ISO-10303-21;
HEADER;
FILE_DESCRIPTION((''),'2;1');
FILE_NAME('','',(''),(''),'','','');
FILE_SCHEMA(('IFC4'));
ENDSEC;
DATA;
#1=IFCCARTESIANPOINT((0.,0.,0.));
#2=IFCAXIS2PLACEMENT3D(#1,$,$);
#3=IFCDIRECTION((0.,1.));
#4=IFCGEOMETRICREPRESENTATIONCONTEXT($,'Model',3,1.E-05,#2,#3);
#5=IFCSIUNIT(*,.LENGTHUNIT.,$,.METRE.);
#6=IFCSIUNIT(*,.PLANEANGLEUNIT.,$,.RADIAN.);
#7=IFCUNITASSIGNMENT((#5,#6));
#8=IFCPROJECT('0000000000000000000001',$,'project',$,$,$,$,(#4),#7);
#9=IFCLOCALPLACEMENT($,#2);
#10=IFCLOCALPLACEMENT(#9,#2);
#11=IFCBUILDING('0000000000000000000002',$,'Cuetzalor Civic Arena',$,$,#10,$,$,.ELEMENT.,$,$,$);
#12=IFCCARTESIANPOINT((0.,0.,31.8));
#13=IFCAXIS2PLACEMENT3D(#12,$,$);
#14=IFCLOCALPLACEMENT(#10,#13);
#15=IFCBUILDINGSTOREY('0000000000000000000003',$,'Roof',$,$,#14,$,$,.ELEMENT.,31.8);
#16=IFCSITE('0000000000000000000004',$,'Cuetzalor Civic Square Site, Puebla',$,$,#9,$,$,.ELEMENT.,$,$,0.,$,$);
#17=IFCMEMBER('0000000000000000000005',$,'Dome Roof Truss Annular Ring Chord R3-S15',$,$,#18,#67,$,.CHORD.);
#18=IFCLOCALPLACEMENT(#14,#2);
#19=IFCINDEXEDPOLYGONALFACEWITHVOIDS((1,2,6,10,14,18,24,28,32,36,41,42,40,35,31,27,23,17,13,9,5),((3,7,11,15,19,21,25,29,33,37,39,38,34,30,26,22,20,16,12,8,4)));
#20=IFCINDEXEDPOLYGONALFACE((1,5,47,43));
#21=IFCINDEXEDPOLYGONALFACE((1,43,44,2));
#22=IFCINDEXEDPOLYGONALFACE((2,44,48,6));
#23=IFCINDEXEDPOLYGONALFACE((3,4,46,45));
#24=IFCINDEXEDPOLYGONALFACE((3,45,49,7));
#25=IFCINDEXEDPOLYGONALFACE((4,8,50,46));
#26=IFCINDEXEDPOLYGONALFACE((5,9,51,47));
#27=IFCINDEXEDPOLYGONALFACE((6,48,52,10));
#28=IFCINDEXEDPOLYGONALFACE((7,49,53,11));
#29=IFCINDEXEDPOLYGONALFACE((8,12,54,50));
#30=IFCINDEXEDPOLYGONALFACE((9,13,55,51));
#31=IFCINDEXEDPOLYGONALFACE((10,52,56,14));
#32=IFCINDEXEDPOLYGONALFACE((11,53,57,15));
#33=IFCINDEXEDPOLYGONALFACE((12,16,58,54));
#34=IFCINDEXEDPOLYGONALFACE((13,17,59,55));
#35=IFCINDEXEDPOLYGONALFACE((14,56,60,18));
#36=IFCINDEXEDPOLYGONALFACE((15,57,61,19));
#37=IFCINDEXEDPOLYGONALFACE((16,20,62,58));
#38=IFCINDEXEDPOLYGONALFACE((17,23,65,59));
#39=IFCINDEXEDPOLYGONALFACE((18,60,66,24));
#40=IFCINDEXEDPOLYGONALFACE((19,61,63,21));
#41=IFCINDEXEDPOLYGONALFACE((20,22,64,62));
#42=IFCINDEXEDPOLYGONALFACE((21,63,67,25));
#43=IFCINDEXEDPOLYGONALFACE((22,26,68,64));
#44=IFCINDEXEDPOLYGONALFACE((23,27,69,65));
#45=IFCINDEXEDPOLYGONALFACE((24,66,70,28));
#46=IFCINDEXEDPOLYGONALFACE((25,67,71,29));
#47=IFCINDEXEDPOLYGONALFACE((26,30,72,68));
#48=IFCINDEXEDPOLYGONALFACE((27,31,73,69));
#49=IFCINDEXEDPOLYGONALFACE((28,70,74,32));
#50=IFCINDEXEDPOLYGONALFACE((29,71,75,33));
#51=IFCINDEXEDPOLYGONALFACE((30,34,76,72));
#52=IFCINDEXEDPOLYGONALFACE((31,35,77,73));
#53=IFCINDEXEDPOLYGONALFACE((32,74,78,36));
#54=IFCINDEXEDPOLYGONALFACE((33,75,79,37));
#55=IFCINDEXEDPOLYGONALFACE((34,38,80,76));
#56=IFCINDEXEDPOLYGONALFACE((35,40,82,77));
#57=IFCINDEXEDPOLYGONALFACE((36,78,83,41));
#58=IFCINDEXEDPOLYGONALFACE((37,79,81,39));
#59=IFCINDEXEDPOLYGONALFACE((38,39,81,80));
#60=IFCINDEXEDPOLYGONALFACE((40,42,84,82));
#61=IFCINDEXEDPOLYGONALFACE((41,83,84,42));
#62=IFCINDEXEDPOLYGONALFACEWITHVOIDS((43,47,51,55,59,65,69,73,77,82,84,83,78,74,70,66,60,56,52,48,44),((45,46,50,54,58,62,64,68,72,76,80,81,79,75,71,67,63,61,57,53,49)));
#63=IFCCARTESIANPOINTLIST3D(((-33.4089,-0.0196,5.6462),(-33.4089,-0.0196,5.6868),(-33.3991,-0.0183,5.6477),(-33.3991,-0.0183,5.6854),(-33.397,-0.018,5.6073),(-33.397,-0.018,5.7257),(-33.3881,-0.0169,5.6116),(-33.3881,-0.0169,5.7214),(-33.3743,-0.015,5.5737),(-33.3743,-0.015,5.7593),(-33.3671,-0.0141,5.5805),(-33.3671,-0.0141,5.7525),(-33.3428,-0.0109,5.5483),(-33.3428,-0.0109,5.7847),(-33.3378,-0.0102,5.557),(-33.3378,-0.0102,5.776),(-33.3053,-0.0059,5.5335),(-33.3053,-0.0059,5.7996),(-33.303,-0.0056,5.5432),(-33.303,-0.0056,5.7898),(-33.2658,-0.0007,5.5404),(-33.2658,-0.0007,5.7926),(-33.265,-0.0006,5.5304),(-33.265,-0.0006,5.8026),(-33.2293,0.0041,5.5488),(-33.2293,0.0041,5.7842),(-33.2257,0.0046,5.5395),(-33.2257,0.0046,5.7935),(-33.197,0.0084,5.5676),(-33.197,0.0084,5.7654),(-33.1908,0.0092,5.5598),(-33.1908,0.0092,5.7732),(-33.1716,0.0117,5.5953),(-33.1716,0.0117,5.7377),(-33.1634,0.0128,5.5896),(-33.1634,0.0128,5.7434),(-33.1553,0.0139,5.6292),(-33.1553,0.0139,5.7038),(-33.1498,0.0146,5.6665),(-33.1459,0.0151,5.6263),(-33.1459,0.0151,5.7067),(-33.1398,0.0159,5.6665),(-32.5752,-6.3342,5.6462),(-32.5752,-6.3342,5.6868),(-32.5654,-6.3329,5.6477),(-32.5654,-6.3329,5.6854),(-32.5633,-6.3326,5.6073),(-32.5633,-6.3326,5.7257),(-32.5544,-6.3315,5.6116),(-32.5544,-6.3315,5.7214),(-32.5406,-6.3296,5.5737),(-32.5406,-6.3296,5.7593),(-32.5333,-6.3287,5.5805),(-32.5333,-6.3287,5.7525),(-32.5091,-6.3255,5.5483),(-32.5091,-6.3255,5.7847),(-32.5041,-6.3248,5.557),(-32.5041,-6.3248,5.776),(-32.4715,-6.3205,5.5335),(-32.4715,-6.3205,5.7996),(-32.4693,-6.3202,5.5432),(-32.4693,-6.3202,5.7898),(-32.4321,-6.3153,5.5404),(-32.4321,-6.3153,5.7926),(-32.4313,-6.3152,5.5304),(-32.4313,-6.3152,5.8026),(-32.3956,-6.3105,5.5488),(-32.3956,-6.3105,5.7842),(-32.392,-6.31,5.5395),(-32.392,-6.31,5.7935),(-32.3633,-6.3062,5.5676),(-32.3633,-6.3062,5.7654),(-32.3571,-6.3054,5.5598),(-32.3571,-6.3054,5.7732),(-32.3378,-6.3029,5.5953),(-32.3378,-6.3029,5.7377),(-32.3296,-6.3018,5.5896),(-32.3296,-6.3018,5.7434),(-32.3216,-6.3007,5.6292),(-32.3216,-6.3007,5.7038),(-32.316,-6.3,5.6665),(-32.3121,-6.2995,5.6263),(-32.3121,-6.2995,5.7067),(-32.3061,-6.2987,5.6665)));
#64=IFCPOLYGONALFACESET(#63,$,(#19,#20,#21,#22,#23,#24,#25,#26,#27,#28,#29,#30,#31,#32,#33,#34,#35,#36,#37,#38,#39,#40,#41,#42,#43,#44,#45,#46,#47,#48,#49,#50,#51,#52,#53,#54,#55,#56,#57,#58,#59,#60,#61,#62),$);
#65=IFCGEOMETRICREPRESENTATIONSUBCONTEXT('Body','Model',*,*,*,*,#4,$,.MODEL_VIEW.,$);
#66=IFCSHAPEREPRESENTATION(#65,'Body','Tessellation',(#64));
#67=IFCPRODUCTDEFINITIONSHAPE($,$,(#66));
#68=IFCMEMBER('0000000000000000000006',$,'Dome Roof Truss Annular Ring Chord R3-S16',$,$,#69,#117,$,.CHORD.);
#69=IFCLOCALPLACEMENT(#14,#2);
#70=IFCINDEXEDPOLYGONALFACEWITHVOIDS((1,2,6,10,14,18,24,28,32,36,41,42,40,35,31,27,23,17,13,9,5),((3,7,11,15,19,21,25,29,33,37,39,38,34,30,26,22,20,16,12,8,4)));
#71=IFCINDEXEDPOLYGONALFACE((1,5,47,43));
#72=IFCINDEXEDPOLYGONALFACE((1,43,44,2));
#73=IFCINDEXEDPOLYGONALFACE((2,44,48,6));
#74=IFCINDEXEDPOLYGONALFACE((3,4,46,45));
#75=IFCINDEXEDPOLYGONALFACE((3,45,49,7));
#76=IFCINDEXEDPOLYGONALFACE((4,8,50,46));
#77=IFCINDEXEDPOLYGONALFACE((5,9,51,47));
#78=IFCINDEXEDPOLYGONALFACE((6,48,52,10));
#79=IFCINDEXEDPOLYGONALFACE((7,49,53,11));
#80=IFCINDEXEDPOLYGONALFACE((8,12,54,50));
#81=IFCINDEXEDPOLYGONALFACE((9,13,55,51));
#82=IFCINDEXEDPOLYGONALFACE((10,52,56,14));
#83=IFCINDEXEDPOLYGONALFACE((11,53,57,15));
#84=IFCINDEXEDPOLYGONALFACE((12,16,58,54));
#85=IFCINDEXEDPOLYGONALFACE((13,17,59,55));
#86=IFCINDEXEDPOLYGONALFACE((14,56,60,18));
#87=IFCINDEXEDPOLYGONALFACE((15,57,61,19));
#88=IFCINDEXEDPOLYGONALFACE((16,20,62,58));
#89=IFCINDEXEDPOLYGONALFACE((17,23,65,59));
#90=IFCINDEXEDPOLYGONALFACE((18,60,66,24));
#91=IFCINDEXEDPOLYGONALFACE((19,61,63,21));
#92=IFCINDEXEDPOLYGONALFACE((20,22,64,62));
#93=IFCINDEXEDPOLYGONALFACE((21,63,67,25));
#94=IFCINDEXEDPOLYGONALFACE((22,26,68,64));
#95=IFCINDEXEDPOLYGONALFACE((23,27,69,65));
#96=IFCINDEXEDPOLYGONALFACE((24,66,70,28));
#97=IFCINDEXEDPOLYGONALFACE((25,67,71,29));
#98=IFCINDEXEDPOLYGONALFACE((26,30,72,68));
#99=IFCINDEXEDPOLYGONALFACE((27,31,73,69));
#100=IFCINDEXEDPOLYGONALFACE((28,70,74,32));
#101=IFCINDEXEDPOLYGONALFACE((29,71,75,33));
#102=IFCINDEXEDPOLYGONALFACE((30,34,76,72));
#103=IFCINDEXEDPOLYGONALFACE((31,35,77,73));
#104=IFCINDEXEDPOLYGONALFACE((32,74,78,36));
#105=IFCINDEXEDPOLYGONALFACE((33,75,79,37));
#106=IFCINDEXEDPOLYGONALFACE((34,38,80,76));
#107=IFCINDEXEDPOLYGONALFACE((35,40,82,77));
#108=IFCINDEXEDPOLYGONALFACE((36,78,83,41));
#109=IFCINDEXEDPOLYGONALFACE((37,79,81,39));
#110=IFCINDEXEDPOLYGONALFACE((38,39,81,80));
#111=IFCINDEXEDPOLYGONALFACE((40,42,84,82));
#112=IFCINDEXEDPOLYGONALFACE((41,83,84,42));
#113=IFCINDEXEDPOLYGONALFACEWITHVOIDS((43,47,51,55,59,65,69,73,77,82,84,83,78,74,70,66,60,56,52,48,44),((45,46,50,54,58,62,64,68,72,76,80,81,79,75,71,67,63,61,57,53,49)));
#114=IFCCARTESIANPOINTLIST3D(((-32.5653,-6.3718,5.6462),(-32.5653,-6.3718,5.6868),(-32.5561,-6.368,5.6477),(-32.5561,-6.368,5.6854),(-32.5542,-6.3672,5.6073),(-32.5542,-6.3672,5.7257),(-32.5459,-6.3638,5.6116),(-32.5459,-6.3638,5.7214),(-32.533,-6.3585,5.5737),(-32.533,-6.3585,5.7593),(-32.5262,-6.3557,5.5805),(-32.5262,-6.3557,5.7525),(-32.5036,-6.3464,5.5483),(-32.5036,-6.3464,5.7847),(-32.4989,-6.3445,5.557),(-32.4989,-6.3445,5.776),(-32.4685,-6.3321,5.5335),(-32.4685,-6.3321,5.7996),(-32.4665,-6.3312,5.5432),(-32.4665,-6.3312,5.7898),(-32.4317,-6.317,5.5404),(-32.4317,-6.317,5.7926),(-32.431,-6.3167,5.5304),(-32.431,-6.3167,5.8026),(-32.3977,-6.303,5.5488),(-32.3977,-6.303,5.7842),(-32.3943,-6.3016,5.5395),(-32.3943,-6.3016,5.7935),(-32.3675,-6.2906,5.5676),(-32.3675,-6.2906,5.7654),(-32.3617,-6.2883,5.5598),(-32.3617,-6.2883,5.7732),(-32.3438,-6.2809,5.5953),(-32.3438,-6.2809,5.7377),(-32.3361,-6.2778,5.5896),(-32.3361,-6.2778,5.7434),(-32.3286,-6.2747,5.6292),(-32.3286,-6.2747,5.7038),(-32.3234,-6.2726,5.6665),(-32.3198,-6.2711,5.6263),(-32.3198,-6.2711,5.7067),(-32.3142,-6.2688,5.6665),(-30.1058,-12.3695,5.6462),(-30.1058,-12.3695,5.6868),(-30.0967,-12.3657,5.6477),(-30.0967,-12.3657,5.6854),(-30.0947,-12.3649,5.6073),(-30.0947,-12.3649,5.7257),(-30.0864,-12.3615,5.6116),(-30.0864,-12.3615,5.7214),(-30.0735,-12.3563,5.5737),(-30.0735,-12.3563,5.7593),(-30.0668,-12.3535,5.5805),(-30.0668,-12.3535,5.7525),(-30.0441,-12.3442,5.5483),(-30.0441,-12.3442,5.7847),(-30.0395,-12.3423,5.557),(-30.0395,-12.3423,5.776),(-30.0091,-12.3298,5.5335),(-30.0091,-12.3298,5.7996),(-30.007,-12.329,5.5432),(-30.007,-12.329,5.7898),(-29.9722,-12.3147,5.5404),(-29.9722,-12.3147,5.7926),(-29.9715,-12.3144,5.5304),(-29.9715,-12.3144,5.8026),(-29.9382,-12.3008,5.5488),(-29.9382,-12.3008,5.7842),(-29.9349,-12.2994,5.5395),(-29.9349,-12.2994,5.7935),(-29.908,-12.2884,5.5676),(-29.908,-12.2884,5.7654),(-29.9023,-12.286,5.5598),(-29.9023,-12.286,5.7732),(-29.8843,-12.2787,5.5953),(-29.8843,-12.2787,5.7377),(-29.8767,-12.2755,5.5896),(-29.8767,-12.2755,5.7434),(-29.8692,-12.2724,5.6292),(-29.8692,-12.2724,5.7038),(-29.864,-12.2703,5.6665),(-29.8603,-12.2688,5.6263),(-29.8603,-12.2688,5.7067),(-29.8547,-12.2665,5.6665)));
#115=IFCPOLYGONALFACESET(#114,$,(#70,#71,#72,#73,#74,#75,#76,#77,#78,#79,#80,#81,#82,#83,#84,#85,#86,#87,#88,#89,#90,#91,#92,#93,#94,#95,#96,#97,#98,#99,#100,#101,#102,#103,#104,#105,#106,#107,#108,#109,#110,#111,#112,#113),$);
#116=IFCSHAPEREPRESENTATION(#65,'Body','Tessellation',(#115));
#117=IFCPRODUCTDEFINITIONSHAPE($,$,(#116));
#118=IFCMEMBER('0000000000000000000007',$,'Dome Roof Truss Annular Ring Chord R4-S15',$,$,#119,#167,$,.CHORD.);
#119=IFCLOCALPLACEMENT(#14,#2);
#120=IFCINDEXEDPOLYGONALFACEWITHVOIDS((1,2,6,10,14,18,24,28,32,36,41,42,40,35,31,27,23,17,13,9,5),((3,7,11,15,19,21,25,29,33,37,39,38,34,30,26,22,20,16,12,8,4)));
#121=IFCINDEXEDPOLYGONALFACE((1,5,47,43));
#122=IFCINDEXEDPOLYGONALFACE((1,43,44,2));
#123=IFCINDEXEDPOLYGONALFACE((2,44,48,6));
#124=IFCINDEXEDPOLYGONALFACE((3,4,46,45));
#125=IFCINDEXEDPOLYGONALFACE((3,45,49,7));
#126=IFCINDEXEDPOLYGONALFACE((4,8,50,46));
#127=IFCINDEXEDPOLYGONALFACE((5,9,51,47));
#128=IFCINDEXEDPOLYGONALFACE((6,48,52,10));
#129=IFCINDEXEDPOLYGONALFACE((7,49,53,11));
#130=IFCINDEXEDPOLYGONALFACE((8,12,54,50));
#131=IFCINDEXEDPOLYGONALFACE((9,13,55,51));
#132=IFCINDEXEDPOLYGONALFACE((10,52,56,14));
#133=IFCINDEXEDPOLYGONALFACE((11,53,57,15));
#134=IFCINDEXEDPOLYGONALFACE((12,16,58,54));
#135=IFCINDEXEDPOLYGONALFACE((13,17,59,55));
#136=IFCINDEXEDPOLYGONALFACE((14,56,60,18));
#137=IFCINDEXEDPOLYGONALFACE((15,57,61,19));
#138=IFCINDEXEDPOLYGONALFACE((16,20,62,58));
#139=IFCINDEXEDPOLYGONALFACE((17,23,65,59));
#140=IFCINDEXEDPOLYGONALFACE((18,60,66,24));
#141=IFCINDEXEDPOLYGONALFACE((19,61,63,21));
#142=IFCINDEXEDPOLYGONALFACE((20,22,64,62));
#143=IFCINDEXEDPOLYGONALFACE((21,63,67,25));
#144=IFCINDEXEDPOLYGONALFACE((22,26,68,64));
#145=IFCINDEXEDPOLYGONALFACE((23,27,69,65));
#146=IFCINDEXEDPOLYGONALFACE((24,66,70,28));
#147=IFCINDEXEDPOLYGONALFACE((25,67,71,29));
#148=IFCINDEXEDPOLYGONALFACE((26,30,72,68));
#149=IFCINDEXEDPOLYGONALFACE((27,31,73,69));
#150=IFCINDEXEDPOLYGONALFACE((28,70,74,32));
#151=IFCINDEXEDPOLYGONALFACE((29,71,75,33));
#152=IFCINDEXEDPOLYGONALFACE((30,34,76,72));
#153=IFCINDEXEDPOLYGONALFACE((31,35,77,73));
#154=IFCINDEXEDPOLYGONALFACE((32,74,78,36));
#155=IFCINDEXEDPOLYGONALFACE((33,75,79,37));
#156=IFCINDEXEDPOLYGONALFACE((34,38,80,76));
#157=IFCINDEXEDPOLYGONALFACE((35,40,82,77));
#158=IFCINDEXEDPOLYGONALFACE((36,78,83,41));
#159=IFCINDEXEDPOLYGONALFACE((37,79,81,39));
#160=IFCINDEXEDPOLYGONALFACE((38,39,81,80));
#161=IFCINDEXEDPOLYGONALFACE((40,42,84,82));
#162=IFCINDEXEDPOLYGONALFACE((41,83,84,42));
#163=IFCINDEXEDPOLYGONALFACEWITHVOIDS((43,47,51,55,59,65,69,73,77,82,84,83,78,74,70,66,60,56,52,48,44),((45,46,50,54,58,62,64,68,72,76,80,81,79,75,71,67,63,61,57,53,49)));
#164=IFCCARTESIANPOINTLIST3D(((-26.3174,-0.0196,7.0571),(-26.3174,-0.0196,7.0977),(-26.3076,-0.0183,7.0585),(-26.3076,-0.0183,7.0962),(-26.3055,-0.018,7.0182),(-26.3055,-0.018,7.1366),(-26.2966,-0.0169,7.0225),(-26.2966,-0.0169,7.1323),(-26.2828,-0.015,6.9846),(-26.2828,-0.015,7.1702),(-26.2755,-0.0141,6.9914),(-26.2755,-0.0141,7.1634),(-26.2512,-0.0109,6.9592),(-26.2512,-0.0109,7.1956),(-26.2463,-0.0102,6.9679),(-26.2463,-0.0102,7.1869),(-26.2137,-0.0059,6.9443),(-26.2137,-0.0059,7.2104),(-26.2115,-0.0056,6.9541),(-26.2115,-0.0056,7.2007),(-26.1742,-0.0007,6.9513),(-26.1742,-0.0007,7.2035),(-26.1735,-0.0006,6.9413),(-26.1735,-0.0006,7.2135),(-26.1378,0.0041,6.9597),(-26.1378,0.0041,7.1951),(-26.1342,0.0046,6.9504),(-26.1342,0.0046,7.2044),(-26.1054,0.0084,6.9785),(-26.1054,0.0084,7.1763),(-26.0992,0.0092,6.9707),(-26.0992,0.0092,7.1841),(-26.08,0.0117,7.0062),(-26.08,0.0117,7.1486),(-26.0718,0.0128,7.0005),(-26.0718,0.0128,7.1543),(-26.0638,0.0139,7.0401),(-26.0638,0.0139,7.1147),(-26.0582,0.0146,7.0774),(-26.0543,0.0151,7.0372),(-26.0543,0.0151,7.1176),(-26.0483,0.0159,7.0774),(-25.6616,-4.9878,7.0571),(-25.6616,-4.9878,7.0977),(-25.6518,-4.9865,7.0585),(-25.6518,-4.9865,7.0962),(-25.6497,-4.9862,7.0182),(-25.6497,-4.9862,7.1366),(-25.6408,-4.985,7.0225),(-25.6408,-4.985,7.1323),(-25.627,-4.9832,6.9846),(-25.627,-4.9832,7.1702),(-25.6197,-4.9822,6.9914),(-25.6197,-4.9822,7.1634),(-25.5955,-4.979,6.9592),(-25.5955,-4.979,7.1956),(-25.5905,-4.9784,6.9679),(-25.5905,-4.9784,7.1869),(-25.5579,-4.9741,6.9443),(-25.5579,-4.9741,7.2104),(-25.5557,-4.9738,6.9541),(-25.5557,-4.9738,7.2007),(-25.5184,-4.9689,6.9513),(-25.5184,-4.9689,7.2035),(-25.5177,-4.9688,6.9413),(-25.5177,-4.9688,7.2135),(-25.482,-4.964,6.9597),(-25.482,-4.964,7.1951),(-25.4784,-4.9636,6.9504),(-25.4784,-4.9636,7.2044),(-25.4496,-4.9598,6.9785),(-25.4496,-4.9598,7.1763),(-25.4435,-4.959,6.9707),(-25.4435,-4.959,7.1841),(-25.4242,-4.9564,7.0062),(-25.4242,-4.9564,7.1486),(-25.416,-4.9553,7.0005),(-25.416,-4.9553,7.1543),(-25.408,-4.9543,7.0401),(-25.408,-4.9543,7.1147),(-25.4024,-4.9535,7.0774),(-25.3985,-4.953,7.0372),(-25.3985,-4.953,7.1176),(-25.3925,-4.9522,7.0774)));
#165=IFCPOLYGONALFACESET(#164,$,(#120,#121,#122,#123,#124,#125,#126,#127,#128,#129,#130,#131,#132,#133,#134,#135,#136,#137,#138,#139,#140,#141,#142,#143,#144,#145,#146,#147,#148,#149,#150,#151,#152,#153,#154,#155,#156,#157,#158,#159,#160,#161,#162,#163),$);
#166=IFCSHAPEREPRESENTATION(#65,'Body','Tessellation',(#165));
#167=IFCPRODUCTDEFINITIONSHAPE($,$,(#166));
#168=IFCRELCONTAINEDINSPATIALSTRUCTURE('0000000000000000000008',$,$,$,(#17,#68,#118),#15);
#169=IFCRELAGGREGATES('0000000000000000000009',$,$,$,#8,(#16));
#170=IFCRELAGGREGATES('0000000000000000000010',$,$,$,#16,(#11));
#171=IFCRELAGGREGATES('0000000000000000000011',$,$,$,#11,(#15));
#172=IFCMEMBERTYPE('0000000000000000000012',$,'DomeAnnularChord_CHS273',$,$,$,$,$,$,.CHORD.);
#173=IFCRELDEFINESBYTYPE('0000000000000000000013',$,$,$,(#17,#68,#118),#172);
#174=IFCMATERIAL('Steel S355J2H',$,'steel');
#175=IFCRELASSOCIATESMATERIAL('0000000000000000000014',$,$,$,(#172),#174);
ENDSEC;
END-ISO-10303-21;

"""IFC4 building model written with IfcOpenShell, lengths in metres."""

from ifc_helpers import new_model, si_unit, direction, frame, origin, origin_2d, place, context, subcontext, project, spatial, hollow_circle, extrude, material, material_profile, profile_set, type_object, element, save


model = new_model("IFC4")

# Units and contexts
model_context = context("Model", 3, precision=1e-05, world=origin(), true_north=direction((0.0, 1.0)))
body_context = subcontext(model_context, "Body", "Model", "MODEL_VIEW")
ifc_project = project(units=[si_unit("LENGTHUNIT", "METRE"), si_unit("PLANEANGLEUNIT", "RADIAN")], contexts=[model_context])

# Site, building, storey
site_placement = place(None, origin())
site = spatial("IfcSite", under=ifc_project, at=site_placement, Name="Cuetzalor Civic Square Site, Puebla", CompositionType="ELEMENT", RefElevation=0.0)
building_placement = place(site_placement, origin())
building = spatial("IfcBuilding", under=site, at=building_placement, Name="Cuetzalor Civic Arena", CompositionType="ELEMENT")
storey_placement = place(building_placement, frame((0.0, 0.0, 31.8)))
storey = spatial("IfcBuildingStorey", under=building, at=storey_placement, Name="Roof", CompositionType="ELEMENT", Elevation=31.8)

# Members
ifc_material_1 = material(Name="Steel S355J2H", Category="steel")
ifc_material_profile_1 = material_profile(ifc_material_1, hollow_circle(Radius=0.1365, WallThickness=0.01, at=origin_2d()), Name="CHS 273x10")
ifc_profile_set_1 = profile_set([ifc_material_profile_1], Name="Steel S355J2H")
member_type_1 = type_object("IfcMemberType", Name="DomeAnnularChord_CHS273", PredefinedType="CHORD", material=ifc_profile_set_1)
member_1_placement = place(storey_placement, frame((-33.2751, -0.002, 5.6665), z_axis=(0.130896, -0.991396, 0.0), x_axis=(0.991396, 0.130896, 0.0)))
element("IfcMember", 1, at=member_1_placement, inside=storey, type_object=member_type_1, Name="Dome Roof Truss Annular Ring Chord R3-S15", PredefinedType="CHORD", context=body_context, shape_type="SweptSolid", body=[
    extrude(hollow_circle(Radius=0.1365, WallThickness=0.01, at=origin_2d()), origin(), (0.0, 0.0, 1.0), 6.3694),
])
member_2_placement = place(storey_placement, frame((-32.4404, -6.3206, 5.6665), z_axis=(0.379403, -0.925232, 0.0), x_axis=(0.925232, 0.379403, 0.0)))
element("IfcMember", 2, at=member_2_placement, inside=storey, type_object=member_type_1, Name="Dome Roof Truss Annular Ring Chord R3-S16", PredefinedType="CHORD", context=body_context, shape_type="SweptSolid", body=[
    extrude(hollow_circle(Radius=0.1365, WallThickness=0.01, at=origin_2d()), origin(), (0.0, 0.0, 1.0), 6.4824),
])
member_3_placement = place(storey_placement, frame((-26.1836, -0.002, 7.0774), z_axis=(0.130862, -0.991401, 0.0), x_axis=(0.991401, 0.130862, 0.0)))
element("IfcMember", 3, at=member_3_placement, inside=storey, type_object=member_type_1, Name="Dome Roof Truss Annular Ring Chord R4-S15", PredefinedType="CHORD", context=body_context, shape_type="SweptSolid", body=[
    extrude(hollow_circle(Radius=0.1365, WallThickness=0.01, at=origin_2d()), origin(), (0.0, 0.0, 1.0), 5.0112),
])

save(model, "model.ifc")
